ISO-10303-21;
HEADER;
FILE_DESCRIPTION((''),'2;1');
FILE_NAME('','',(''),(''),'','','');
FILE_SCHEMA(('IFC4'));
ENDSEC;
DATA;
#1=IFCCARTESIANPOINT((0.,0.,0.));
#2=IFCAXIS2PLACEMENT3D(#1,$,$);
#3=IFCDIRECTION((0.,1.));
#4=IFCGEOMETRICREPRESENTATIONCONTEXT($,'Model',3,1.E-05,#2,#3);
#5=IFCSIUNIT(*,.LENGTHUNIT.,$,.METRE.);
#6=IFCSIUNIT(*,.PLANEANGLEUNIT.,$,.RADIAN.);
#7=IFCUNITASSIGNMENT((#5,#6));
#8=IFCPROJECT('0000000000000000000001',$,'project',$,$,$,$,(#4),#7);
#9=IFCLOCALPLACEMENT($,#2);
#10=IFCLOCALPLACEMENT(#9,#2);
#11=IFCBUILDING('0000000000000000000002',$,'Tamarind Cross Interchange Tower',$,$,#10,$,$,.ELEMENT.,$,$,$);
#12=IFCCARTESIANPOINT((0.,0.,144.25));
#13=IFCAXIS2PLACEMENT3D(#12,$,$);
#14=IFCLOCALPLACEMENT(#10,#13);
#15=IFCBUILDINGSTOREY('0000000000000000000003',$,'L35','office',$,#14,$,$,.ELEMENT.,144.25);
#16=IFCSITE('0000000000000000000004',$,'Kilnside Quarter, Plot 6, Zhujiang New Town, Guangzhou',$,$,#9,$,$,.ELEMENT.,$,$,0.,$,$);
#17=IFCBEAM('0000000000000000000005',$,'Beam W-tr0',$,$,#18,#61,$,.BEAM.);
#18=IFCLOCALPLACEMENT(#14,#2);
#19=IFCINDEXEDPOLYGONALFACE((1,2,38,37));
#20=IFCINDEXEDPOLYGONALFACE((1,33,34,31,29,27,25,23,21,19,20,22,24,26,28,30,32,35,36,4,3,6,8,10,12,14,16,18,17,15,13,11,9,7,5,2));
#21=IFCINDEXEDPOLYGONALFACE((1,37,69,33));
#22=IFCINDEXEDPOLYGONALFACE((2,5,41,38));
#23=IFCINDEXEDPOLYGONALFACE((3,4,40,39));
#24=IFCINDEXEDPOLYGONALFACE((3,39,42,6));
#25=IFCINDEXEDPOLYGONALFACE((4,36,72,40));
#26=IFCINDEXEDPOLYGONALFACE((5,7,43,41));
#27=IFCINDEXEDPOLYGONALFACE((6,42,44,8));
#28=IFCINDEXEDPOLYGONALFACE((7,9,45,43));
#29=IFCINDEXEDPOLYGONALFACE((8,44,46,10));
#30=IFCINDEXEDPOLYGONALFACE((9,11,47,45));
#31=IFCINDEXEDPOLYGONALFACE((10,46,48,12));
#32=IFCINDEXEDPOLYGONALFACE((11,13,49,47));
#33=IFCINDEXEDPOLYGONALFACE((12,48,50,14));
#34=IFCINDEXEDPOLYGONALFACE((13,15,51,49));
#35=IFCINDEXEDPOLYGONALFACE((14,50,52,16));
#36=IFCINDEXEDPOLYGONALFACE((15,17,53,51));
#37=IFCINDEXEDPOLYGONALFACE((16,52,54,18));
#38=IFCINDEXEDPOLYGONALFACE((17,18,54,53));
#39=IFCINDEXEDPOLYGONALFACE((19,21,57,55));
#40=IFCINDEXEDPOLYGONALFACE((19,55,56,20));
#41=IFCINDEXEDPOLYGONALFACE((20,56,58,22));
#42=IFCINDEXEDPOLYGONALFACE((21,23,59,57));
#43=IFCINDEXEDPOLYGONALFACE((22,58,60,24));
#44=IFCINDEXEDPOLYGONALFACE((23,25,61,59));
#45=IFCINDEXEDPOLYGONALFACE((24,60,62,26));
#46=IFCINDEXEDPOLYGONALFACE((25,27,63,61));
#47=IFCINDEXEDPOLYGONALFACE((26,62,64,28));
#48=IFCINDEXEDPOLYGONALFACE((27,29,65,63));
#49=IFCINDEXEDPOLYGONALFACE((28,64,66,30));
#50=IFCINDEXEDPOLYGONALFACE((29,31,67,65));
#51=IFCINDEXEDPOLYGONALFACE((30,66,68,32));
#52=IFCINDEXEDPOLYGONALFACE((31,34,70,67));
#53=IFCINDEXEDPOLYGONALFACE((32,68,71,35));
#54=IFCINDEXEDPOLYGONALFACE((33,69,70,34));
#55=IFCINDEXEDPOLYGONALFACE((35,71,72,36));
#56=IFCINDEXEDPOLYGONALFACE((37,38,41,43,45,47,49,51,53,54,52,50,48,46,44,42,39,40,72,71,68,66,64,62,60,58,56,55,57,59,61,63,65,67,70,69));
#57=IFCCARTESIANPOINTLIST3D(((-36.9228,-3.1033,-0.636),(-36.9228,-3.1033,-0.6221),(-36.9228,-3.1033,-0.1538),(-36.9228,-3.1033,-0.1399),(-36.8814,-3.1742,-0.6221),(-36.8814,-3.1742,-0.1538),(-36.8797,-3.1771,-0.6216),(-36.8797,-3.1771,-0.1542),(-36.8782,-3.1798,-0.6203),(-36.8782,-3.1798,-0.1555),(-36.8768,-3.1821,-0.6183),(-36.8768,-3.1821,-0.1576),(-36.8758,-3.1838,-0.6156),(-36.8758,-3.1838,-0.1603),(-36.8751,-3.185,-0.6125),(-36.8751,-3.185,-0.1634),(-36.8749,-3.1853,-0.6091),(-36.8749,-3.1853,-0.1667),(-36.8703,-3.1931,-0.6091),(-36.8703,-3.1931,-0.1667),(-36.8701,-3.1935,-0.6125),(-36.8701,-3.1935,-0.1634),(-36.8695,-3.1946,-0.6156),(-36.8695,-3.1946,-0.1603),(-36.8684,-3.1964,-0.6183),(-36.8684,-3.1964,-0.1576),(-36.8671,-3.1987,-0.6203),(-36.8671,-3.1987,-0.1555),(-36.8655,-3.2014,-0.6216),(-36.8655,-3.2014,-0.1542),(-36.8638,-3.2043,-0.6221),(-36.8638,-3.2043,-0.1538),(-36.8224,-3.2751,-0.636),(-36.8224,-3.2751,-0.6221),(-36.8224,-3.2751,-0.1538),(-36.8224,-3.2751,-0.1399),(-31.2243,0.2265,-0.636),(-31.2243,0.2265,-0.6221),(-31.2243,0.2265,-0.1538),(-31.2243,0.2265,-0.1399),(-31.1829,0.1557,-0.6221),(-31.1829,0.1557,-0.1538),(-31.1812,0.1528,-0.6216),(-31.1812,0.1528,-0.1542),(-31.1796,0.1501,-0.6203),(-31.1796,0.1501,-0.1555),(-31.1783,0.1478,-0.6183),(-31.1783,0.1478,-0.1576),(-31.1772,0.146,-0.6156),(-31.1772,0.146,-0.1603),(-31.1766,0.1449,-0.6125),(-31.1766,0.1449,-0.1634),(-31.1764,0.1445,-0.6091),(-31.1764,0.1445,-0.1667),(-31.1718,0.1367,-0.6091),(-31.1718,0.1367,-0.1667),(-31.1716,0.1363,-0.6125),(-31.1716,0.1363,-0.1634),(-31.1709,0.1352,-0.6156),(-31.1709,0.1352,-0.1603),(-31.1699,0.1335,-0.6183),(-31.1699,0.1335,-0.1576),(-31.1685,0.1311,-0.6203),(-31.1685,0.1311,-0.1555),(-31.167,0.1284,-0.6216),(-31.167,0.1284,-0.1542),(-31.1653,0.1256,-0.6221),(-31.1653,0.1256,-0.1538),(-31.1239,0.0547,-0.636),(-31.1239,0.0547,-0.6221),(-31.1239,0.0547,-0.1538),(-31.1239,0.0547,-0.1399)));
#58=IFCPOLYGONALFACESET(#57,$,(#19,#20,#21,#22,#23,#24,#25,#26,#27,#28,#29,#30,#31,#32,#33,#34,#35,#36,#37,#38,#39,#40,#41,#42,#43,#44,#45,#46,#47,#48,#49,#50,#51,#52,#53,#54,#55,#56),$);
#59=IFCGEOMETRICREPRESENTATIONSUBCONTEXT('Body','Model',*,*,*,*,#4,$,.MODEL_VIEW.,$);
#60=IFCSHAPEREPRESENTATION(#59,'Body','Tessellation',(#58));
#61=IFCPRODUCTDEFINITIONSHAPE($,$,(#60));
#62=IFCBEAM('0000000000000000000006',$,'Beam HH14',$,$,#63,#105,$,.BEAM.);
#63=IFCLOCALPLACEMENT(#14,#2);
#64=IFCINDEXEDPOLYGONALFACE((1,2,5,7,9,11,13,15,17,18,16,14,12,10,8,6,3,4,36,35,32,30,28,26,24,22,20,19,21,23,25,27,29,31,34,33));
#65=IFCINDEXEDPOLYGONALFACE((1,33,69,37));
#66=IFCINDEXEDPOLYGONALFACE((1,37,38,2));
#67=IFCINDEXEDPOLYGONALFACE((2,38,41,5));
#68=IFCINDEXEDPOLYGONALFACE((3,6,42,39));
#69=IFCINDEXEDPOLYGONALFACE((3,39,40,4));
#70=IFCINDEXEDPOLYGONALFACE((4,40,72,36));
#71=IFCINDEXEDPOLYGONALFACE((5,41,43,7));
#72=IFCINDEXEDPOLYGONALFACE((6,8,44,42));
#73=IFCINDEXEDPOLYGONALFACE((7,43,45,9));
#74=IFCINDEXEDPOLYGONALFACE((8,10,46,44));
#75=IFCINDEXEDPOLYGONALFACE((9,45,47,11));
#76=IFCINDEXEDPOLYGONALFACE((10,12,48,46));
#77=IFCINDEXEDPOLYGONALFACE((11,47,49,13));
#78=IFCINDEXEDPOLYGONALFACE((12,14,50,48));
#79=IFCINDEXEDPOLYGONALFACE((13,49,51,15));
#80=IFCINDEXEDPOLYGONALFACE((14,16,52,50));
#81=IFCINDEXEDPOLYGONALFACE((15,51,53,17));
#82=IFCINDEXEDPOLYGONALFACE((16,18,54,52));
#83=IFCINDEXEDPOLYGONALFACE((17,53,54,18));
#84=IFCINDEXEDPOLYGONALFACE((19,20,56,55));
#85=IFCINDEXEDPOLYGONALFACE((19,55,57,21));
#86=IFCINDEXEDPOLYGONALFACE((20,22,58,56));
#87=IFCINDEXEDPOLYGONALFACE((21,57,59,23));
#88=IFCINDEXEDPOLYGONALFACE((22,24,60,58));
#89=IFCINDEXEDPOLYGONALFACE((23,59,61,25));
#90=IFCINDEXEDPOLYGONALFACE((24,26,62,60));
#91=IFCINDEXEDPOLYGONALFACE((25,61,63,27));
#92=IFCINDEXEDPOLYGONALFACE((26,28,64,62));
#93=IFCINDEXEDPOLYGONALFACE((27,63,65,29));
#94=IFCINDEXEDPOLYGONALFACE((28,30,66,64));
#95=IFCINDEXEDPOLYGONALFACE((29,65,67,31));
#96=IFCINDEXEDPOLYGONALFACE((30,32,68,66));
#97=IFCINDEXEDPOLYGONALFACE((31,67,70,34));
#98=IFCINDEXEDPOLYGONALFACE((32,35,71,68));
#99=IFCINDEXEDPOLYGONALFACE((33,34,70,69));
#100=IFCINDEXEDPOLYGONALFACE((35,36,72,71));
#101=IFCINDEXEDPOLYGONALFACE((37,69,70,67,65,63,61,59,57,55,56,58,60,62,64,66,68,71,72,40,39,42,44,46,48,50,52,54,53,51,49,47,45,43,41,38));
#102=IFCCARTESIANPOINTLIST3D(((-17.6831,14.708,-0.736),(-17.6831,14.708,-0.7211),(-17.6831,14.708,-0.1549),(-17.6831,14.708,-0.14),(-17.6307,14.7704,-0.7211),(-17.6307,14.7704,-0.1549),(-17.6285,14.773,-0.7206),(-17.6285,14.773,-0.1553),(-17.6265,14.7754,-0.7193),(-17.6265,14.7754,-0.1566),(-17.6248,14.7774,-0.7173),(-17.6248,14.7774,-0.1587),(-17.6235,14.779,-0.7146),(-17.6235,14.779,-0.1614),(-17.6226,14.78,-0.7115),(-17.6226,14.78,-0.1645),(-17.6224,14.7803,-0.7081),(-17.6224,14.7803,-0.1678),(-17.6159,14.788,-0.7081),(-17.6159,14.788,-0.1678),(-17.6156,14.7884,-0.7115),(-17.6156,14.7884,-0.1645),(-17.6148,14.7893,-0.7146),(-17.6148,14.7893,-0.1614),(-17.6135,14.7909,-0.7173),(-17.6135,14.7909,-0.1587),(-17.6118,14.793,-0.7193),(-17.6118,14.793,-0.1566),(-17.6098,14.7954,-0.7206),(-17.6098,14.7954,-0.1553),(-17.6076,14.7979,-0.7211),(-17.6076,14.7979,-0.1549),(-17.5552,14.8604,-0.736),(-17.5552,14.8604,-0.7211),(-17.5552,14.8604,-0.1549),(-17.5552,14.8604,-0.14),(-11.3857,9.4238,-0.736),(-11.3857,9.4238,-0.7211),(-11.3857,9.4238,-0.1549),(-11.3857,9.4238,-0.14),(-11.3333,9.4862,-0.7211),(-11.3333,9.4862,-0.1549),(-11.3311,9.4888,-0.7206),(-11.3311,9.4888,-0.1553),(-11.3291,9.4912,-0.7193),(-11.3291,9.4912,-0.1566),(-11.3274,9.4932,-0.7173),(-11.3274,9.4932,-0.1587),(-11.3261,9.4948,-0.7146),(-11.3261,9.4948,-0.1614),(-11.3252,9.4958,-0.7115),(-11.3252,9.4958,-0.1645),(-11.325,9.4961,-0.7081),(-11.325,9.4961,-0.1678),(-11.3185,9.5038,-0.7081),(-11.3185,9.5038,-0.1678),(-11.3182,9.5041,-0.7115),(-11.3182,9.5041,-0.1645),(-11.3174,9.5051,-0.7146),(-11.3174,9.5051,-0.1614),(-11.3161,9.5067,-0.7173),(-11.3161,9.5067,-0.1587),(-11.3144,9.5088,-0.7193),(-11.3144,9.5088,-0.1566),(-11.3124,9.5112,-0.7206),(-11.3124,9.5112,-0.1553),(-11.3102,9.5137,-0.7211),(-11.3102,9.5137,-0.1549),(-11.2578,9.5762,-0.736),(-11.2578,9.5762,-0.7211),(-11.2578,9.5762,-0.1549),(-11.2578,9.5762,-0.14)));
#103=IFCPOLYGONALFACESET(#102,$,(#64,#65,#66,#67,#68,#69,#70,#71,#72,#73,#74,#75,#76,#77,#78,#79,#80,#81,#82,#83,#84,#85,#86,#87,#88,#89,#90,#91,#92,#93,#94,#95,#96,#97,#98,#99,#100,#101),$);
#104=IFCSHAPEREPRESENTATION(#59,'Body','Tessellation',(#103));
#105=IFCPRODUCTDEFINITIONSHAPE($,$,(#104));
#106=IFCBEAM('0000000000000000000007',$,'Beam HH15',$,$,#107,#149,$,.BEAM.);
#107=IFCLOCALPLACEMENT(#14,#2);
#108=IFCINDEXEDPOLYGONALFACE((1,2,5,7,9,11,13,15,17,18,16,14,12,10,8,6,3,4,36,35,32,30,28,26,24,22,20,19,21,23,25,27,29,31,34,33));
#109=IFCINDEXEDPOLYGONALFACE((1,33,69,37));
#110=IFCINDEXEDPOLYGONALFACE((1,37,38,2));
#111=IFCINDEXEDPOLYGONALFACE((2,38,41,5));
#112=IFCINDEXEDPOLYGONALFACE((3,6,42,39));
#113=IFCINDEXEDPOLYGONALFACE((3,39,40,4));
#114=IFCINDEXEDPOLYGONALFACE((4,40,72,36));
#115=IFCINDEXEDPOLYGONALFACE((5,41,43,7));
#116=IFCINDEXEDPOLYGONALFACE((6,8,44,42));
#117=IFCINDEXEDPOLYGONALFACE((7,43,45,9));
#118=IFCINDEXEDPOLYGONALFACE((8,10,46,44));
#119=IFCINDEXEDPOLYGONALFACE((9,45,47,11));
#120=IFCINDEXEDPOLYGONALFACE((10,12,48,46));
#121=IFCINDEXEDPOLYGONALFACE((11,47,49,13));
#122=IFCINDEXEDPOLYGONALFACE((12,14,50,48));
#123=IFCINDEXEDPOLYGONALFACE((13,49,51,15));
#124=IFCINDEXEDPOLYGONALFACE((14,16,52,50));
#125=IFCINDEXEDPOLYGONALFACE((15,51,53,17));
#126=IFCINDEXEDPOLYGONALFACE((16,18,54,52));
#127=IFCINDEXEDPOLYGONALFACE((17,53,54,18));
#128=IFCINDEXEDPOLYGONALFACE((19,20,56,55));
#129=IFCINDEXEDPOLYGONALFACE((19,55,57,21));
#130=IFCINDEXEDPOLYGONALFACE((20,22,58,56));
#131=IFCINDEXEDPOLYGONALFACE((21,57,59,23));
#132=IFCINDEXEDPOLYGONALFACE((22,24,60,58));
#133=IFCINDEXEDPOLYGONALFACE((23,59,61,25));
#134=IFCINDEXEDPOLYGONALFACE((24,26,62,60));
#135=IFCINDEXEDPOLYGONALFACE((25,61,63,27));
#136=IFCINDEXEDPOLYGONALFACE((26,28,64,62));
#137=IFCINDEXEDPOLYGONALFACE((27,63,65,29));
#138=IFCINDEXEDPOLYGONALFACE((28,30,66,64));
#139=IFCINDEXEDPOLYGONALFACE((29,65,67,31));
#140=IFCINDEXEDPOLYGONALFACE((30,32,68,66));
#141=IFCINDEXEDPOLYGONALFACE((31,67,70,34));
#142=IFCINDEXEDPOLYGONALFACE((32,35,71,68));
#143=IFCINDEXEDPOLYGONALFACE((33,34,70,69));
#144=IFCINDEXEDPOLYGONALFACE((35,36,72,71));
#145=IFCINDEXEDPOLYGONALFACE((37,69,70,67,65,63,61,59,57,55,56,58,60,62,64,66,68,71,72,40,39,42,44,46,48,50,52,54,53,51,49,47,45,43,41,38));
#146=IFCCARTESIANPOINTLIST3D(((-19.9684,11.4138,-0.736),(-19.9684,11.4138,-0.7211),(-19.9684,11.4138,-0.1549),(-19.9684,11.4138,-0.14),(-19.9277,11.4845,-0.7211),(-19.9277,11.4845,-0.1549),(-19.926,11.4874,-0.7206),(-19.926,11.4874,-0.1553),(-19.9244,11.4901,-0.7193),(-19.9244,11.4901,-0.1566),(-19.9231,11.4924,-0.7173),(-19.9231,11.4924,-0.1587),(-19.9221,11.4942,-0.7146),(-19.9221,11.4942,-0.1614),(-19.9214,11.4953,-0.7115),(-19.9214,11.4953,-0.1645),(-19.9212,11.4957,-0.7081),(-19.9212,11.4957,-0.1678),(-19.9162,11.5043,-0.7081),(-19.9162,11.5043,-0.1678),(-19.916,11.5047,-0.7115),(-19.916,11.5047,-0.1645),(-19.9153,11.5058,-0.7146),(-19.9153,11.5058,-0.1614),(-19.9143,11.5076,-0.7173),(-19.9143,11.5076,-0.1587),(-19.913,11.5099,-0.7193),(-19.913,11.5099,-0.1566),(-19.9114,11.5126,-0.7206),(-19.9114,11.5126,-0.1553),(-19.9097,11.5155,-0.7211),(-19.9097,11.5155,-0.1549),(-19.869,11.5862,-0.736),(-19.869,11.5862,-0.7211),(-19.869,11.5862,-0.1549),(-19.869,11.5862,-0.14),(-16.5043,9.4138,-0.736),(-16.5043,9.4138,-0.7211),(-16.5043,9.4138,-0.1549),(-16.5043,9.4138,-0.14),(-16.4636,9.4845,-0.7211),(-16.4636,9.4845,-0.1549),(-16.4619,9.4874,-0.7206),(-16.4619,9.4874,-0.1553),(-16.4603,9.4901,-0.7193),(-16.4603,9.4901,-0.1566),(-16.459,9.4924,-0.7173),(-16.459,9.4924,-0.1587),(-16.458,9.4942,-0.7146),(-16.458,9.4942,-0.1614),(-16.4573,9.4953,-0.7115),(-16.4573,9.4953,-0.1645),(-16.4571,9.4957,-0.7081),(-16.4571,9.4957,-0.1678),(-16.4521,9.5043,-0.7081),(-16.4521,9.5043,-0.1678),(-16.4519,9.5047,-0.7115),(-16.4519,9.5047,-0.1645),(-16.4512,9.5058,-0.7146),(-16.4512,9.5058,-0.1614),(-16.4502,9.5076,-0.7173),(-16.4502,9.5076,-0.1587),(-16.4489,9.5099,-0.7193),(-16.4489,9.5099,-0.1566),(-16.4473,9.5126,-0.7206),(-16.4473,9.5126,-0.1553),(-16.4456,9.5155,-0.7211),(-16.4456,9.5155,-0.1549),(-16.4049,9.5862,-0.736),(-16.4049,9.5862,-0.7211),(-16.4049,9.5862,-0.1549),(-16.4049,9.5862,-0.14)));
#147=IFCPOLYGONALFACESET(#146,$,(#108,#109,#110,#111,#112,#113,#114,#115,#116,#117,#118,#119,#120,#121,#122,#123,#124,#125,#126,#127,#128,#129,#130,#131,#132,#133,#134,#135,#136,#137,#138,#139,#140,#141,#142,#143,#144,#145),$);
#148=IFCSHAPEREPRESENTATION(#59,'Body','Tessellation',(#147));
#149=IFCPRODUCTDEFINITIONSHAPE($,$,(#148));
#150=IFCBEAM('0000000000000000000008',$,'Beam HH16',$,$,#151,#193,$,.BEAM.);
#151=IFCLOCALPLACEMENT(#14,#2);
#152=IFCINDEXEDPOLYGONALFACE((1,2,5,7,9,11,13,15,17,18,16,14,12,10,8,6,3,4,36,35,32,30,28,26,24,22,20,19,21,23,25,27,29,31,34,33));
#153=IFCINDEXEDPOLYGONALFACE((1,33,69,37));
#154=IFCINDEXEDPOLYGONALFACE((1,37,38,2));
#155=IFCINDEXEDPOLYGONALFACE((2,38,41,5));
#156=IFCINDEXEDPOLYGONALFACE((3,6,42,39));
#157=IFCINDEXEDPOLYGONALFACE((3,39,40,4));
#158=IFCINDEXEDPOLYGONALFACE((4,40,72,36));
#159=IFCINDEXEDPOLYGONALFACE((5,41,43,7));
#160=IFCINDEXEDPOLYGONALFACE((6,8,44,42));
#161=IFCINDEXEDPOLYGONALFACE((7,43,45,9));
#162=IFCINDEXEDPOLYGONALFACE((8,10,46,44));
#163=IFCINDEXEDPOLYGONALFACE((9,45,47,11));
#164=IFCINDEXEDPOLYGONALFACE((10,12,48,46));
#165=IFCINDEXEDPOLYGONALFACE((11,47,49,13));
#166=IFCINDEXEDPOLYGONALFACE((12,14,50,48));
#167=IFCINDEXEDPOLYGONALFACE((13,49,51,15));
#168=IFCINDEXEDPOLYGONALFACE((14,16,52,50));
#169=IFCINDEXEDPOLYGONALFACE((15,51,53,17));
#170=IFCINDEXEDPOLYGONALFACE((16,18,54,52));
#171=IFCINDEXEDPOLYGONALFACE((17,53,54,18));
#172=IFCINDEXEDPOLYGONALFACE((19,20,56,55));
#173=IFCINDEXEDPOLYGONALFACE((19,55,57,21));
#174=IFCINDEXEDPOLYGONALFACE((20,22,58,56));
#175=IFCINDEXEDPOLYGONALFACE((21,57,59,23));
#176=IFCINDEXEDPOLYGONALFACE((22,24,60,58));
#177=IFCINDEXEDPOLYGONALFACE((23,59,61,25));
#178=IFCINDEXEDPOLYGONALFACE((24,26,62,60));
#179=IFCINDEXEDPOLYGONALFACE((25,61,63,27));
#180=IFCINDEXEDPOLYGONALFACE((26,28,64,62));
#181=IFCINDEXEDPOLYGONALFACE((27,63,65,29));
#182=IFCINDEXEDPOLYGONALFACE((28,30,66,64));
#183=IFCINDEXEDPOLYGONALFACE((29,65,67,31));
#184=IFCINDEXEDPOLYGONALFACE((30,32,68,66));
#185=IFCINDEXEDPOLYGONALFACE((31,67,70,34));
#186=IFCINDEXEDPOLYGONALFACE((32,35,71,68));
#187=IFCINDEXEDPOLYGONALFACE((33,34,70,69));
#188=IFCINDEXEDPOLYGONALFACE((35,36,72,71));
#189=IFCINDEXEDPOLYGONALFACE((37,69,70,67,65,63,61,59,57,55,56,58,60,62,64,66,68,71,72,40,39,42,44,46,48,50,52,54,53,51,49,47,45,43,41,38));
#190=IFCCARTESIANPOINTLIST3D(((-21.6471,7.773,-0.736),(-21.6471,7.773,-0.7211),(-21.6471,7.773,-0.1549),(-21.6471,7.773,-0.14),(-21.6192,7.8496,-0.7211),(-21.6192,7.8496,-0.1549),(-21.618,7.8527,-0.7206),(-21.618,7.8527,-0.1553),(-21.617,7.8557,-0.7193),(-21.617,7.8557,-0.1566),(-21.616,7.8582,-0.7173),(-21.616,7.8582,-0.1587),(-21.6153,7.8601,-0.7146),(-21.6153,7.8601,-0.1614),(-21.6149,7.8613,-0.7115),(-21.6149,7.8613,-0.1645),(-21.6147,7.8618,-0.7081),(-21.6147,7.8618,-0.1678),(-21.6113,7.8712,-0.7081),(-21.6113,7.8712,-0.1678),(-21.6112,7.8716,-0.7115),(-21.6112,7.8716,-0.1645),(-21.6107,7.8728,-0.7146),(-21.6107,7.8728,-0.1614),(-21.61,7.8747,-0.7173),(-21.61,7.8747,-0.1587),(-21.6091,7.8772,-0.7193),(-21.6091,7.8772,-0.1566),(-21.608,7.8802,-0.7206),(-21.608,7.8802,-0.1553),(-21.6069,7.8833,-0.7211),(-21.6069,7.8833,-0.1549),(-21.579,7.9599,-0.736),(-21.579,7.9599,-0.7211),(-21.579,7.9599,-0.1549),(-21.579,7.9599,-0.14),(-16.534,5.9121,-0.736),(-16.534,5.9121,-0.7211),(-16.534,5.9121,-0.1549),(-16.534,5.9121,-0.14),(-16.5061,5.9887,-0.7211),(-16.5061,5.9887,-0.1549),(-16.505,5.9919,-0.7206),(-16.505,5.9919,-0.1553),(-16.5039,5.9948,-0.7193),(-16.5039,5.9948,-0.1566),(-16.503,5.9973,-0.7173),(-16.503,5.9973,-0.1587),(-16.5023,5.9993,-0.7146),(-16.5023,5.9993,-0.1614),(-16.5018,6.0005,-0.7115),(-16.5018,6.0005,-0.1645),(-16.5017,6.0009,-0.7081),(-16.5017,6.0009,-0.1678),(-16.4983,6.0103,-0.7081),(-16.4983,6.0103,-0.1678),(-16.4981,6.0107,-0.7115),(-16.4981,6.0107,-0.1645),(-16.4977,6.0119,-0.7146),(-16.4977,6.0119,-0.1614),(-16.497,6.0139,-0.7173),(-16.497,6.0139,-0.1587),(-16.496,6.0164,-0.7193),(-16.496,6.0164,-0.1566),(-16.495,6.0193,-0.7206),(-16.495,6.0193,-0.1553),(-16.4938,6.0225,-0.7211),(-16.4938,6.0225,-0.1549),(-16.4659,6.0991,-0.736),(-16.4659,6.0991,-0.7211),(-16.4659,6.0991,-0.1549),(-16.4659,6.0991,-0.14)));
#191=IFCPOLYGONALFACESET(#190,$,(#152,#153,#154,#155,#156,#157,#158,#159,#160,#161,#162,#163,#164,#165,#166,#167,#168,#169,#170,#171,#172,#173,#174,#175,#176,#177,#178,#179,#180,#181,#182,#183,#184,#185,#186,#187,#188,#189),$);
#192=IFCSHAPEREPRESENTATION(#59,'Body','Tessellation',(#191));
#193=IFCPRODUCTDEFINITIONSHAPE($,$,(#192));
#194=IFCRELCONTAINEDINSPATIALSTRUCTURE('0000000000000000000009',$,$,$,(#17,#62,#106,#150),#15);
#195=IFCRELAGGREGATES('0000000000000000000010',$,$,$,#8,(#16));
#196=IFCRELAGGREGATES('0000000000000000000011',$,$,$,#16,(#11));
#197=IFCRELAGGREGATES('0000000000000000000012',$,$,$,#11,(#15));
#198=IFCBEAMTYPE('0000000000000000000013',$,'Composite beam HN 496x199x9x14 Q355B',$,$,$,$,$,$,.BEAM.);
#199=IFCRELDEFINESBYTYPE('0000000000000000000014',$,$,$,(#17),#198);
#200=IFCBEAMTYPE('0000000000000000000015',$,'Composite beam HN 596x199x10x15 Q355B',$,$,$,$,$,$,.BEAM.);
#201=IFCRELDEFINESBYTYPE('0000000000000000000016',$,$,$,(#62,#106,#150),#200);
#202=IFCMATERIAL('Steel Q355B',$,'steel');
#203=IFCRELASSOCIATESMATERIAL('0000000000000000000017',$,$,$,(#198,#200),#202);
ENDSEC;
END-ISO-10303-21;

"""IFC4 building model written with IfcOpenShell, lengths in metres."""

from ifc_helpers import new_model, si_unit, direction, frame, origin, origin_2d, place, context, subcontext, project, spatial, i_section, extrude, material, material_profile, profile_set, type_object, element, save


model = new_model("IFC4")

# Units and contexts
model_context = context("Model", 3, precision=1e-05, world=origin(), true_north=direction((0.0, 1.0)))
body_context = subcontext(model_context, "Body", "Model", "MODEL_VIEW")
ifc_project = project(units=[si_unit("LENGTHUNIT", "METRE"), si_unit("PLANEANGLEUNIT", "RADIAN")], contexts=[model_context])

# Site, building, storey
site_placement = place(None, origin())
site = spatial("IfcSite", under=ifc_project, at=site_placement, Name="Kilnside Quarter, Plot 6, Zhujiang New Town, Guangzhou", CompositionType="ELEMENT", RefElevation=0.0)
building_placement = place(site_placement, origin())
building = spatial("IfcBuilding", under=site, at=building_placement, Name="Tamarind Cross Interchange Tower", CompositionType="ELEMENT")
storey_placement = place(building_placement, frame((0.0, 0.0, 144.25)))
storey = spatial("IfcBuildingStorey", under=building, at=storey_placement, Name="L35", Description="office", CompositionType="ELEMENT", Elevation=144.25)

# Beams
ifc_material_1 = material(Name="Steel Q355B", Category="steel")
ifc_material_profile_1 = material_profile(ifc_material_1, i_section(OverallWidth=0.199, OverallDepth=0.4961, WebThickness=0.009, FlangeThickness=0.0139, FilletRadius=0.0129, at=origin_2d()), Name="HN 496x199x9x14")
ifc_profile_set_1 = profile_set([ifc_material_profile_1], Name="Steel Q355B")
beam_type_1 = type_object("IfcBeamType", Name="Composite beam HN 496x199x9x14 Q355B", PredefinedType="BEAM", material=ifc_profile_set_1)
beam_1_placement = place(storey_placement, frame((-31.1741, 0.1406, -0.3879), z_axis=(-0.863402, -0.504517, 0.0), x_axis=(0.504517, -0.863402, 0.0)))
element("IfcBeam", 1, at=beam_1_placement, inside=storey, type_object=beam_type_1, Name="Beam W-tr0", PredefinedType="BEAM", context=body_context, shape_type="SweptSolid", body=[
    extrude(i_section(OverallWidth=0.199, OverallDepth=0.4961, WebThickness=0.009, FlangeThickness=0.0139, FilletRadius=0.0129, at=origin_2d()), origin(), (0.0, 0.0, 1.0), 6.6001),
])
ifc_material_profile_2 = material_profile(ifc_material_1, i_section(OverallWidth=0.199, OverallDepth=0.5959, WebThickness=0.01, FlangeThickness=0.0149, FilletRadius=0.0129, at=origin_2d()), Name="HN 596x199x10x15")
ifc_profile_set_2 = profile_set([ifc_material_profile_2], Name="Steel Q355B")
beam_type_2 = type_object("IfcBeamType", Name="Composite beam HN 596x199x10x15 Q355B", PredefinedType="BEAM", material=ifc_profile_set_2)
beam_2_placement = place(storey_placement, frame((-17.6191, 14.7842, -0.438), z_axis=(0.766041, -0.642792, 0.0), x_axis=(0.642792, 0.766041, 0.0)))
element("IfcBeam", 2, at=beam_2_placement, inside=storey, type_object=beam_type_2, Name="Beam HH14", PredefinedType="BEAM", context=body_context, shape_type="SweptSolid", body=[
    extrude(i_section(OverallWidth=0.199, OverallDepth=0.5959, WebThickness=0.01, FlangeThickness=0.0149, FilletRadius=0.0129, at=origin_2d()), origin(), (0.0, 0.0, 1.0), 8.2207),
])
beam_3_placement = place(storey_placement, frame((-19.9187, 11.5, -0.438), z_axis=(0.866026, -0.499999, 0.0), x_axis=(0.499999, 0.866026, 0.0)))
element("IfcBeam", 3, at=beam_3_placement, inside=storey, type_object=beam_type_2, Name="Beam HH15", PredefinedType="BEAM", context=body_context, shape_type="SweptSolid", body=[
    extrude(i_section(OverallWidth=0.199, OverallDepth=0.5959, WebThickness=0.01, FlangeThickness=0.0149, FilletRadius=0.0129, at=origin_2d()), origin(), (0.0, 0.0, 1.0), 4.0),
])
beam_4_placement = place(storey_placement, frame((-21.613, 7.8665, -0.438), z_axis=(0.939702, -0.341995, 0.0), x_axis=(0.341995, 0.939702, 0.0)))
element("IfcBeam", 4, at=beam_4_placement, inside=storey, type_object=beam_type_2, Name="Beam HH16", PredefinedType="BEAM", context=body_context, shape_type="SweptSolid", body=[
    extrude(i_section(OverallWidth=0.199, OverallDepth=0.5959, WebThickness=0.01, FlangeThickness=0.0149, FilletRadius=0.0129, at=origin_2d()), origin(), (0.0, 0.0, 1.0), 5.4412),
])

save(model, "model.ifc")
